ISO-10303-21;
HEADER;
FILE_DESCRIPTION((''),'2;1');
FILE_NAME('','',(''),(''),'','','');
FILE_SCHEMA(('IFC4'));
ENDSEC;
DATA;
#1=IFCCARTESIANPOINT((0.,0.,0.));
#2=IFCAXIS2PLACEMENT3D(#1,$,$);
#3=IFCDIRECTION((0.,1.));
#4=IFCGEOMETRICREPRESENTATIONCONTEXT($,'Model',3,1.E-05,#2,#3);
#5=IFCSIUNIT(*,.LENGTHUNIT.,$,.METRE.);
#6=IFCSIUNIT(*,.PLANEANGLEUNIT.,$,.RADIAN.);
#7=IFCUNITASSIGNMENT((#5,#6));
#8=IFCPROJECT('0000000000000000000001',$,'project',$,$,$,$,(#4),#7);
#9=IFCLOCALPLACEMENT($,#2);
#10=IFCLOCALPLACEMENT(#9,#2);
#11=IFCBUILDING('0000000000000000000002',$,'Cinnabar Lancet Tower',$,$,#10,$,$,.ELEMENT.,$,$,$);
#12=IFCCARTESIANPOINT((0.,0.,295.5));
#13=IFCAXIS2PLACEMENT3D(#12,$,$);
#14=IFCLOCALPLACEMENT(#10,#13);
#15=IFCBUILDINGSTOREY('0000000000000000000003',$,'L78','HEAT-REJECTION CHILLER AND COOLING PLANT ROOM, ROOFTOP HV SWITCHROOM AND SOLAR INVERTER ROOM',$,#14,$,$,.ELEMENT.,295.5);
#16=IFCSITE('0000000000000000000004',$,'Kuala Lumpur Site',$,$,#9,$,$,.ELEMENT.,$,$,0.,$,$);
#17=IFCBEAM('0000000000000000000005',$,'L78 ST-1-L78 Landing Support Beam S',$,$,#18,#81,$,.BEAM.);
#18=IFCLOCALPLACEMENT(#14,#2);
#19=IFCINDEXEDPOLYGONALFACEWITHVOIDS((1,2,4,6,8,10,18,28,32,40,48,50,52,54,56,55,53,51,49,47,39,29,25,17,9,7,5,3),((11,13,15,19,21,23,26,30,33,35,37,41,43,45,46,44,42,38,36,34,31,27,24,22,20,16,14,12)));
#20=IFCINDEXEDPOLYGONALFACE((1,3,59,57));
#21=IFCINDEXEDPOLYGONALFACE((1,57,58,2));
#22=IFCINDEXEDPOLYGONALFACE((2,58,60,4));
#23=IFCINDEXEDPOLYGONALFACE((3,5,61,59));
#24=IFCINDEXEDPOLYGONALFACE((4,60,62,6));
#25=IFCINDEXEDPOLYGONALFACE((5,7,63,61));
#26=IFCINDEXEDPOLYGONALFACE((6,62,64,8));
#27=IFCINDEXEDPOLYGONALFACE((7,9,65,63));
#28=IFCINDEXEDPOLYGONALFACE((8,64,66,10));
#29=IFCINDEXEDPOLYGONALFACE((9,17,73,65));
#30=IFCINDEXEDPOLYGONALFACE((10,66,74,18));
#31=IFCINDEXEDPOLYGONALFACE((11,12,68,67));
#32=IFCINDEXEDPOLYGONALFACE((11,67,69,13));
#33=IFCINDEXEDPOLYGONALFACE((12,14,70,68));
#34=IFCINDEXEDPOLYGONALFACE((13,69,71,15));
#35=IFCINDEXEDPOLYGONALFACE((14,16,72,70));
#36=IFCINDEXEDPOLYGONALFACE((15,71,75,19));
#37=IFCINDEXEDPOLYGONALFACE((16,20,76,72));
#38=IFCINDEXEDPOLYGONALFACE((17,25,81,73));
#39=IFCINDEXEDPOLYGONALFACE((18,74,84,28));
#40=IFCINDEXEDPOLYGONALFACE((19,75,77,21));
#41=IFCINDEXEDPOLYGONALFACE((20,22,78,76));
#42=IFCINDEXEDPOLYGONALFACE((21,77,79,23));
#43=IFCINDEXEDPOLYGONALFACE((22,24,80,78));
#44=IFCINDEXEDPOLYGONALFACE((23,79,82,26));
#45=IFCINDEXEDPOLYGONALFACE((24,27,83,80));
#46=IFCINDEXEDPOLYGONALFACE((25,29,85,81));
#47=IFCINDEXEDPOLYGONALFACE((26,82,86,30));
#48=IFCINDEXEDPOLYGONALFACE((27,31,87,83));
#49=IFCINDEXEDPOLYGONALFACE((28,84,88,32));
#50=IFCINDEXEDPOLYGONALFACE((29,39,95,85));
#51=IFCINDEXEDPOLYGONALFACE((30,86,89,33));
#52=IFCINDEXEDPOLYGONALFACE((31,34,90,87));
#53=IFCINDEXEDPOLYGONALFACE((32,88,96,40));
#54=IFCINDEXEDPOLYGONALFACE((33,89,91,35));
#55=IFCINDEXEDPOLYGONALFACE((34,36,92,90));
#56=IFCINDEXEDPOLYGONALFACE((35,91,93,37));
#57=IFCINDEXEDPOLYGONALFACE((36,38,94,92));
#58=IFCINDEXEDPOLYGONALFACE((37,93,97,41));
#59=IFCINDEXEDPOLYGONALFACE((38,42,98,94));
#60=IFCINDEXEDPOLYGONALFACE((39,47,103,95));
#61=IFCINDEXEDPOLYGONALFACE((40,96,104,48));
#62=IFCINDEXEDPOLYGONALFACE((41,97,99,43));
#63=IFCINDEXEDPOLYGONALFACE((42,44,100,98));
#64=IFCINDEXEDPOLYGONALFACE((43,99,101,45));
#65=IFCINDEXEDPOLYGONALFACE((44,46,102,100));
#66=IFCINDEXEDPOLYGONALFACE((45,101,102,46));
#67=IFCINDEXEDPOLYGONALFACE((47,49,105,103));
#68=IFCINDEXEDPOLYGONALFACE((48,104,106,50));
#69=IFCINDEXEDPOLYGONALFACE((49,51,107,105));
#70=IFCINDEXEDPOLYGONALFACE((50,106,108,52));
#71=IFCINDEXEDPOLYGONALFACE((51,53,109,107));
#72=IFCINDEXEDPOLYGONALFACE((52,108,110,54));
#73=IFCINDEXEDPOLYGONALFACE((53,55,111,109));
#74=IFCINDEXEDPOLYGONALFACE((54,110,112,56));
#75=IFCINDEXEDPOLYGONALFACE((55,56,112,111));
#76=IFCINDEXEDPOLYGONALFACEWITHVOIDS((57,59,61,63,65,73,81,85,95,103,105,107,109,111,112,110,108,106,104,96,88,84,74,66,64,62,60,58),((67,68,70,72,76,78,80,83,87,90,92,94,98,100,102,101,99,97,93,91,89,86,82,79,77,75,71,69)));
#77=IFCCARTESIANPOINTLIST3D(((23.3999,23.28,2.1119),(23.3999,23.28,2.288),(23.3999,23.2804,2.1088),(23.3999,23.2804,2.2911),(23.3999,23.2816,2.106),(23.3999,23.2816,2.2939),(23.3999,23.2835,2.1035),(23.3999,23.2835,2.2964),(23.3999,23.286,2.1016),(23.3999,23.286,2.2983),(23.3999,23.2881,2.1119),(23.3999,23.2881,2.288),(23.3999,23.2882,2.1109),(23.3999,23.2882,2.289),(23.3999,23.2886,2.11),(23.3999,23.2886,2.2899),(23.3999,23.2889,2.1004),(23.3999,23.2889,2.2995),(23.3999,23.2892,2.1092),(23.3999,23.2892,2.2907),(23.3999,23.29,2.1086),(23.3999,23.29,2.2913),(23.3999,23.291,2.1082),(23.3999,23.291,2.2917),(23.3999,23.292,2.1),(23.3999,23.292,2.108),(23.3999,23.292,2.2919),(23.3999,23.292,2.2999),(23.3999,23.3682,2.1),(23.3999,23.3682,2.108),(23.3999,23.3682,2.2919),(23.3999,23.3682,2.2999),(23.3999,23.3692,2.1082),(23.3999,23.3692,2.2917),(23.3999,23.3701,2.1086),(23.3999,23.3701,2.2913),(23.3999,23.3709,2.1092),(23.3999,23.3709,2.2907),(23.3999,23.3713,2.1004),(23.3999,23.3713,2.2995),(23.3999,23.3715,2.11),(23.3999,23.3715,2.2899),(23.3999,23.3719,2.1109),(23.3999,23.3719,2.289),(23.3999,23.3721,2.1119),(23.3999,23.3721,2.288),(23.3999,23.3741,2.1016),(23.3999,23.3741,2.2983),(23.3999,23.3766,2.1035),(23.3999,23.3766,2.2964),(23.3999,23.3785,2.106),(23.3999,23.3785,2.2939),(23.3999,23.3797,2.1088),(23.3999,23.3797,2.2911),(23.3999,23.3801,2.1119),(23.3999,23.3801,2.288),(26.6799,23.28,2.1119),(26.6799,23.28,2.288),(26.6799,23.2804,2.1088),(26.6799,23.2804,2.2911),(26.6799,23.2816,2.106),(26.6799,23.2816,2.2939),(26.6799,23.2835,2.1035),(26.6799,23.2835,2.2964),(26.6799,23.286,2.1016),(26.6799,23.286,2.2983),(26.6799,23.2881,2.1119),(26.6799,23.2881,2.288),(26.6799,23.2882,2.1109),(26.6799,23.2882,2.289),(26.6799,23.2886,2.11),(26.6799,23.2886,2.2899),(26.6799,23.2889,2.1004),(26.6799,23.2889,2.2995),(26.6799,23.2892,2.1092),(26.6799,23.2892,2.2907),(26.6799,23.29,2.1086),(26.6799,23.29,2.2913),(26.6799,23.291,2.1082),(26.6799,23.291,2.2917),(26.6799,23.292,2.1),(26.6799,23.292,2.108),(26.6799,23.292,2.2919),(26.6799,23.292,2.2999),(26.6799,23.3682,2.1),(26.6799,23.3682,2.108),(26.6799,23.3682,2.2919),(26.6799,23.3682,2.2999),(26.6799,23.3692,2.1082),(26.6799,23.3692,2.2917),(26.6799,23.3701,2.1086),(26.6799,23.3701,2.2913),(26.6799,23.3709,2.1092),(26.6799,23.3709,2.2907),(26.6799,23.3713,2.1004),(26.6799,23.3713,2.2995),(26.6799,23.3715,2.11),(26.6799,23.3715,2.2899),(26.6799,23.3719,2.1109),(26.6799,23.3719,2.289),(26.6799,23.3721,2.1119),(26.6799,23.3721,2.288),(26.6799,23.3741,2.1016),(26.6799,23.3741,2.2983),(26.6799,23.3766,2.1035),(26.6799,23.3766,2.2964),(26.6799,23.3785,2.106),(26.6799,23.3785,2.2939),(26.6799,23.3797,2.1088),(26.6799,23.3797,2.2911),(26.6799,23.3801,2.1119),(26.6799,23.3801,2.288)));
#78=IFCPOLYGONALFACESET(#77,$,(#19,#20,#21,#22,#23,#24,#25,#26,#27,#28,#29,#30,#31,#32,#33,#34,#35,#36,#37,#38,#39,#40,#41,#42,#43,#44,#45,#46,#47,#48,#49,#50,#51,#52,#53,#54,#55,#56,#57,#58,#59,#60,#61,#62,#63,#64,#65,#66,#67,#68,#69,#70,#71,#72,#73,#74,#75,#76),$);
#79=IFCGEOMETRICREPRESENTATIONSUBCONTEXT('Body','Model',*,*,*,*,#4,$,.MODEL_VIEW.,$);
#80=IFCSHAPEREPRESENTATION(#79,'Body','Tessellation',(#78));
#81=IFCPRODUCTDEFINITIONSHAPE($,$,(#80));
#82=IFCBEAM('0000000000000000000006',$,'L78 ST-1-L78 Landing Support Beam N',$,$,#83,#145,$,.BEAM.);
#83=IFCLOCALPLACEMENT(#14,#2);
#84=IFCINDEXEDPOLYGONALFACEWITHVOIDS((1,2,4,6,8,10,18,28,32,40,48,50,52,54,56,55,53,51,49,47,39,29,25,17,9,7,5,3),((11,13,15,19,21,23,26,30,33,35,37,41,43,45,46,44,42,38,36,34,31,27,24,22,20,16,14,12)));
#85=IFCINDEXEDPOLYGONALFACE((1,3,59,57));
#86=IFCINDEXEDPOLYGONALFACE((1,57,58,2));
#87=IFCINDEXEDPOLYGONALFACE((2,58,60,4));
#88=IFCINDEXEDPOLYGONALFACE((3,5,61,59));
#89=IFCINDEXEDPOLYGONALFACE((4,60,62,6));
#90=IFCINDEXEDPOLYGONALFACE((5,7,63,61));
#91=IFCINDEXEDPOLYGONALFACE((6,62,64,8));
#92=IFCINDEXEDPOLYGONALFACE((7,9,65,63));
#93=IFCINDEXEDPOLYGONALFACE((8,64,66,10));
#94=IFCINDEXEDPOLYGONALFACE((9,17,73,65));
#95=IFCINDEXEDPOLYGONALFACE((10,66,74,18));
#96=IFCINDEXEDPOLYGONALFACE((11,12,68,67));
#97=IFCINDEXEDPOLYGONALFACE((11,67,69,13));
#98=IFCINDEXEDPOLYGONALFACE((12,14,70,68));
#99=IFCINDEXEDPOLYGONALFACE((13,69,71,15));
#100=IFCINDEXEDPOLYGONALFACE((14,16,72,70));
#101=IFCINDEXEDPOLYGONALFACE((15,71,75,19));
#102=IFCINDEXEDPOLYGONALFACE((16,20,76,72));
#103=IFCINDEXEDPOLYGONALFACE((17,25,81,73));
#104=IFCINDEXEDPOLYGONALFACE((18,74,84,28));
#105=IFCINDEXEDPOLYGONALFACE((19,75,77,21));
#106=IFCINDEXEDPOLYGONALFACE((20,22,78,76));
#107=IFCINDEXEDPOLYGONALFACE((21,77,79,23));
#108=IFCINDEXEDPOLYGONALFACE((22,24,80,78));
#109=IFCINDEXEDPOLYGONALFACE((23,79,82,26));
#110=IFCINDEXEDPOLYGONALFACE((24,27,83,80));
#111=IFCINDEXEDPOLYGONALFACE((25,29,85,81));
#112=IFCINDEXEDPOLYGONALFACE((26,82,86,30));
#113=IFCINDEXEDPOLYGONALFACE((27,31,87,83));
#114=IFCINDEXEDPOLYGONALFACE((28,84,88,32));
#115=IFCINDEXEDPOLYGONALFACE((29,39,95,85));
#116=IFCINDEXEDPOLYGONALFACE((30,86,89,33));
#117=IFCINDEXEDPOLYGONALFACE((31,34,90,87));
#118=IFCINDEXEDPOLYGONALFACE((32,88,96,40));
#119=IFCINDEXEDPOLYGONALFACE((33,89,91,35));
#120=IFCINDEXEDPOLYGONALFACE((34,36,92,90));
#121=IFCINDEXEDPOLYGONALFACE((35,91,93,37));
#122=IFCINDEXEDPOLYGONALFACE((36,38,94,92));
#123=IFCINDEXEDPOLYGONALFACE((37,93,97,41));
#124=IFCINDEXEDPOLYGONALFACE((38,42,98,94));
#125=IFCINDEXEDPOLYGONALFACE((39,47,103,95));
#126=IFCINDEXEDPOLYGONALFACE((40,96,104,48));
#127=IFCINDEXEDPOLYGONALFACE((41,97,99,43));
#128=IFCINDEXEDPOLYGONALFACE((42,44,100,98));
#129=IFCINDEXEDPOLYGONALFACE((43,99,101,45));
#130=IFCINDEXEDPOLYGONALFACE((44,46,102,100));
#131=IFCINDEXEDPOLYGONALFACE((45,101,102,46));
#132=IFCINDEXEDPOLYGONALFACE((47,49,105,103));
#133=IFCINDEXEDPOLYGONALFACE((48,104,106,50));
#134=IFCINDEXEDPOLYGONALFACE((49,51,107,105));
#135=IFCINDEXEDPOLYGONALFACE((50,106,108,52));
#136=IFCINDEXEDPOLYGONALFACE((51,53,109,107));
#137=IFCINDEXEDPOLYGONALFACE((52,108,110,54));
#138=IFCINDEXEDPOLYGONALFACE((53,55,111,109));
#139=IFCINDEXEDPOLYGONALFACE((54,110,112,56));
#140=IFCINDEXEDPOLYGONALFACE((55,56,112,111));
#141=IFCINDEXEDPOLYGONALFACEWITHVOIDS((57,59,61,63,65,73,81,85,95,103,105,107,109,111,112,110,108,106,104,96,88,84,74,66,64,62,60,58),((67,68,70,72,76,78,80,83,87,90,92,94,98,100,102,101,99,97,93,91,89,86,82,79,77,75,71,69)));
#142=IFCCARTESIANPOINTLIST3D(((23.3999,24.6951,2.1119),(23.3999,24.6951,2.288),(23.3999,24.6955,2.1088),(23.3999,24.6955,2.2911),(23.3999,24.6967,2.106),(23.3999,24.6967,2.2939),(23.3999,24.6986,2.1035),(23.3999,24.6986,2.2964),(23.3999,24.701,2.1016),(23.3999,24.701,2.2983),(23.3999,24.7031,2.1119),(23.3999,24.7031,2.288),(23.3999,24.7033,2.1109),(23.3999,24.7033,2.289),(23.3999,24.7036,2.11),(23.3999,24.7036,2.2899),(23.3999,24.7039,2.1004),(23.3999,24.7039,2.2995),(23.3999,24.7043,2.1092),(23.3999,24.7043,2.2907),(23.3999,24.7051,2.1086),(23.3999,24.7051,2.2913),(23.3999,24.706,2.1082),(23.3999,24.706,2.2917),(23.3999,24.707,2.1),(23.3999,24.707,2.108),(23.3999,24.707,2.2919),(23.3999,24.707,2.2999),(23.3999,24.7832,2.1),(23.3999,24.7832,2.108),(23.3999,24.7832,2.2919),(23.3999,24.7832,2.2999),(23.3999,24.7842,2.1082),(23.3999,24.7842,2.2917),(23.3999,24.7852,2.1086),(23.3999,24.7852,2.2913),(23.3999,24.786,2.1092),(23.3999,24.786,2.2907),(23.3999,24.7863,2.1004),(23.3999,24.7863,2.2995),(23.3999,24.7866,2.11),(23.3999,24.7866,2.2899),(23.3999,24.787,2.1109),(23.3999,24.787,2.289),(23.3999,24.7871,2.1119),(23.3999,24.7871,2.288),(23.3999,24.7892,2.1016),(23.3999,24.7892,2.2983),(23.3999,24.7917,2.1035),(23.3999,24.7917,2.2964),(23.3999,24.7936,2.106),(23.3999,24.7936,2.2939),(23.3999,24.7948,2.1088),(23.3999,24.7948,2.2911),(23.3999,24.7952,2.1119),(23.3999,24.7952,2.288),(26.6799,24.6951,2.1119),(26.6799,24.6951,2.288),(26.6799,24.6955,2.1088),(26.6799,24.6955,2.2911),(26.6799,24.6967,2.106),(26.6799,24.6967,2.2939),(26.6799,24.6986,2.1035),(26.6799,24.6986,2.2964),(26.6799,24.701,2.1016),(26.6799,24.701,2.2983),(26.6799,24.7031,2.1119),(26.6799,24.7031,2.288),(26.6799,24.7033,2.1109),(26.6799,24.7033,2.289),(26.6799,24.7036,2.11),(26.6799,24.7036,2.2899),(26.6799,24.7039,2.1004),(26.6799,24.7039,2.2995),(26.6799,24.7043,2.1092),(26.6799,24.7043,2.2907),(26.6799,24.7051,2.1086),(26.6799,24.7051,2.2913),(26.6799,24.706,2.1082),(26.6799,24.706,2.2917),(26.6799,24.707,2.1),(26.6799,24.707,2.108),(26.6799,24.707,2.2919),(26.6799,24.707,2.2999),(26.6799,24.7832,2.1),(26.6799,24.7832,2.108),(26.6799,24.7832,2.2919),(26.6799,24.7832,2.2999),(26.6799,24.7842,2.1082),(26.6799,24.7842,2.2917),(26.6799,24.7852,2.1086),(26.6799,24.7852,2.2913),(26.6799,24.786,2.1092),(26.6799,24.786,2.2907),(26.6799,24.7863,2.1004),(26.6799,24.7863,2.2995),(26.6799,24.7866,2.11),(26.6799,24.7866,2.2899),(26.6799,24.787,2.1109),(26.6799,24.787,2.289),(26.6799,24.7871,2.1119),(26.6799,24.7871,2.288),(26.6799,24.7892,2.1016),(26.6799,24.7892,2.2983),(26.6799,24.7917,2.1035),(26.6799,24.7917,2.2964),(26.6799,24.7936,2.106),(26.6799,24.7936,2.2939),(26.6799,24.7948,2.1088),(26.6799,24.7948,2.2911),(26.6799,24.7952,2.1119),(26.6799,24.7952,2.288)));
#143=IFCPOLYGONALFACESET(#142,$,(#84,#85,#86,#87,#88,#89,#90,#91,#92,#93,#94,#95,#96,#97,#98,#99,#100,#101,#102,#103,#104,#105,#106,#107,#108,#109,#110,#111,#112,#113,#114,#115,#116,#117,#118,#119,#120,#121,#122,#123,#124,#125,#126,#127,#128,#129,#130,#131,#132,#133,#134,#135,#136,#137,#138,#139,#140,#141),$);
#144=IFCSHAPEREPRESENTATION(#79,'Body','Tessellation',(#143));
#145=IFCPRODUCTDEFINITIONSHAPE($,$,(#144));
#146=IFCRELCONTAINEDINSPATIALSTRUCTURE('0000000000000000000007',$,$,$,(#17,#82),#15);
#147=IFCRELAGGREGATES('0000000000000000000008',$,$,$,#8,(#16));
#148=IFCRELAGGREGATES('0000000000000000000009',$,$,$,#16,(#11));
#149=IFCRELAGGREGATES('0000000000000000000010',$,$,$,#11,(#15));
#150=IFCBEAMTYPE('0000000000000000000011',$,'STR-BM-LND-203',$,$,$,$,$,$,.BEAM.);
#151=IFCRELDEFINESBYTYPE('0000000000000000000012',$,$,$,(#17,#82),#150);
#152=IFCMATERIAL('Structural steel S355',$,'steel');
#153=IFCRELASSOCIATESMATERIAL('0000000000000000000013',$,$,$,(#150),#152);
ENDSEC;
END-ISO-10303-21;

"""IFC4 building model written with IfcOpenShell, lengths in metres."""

from ifc_helpers import new_model, si_unit, direction, frame, origin, origin_2d, place, context, subcontext, project, spatial, hollow_rectangle, extrude, material, material_profile, profile_set, type_object, element, save


model = new_model("IFC4")

# Units and contexts
model_context = context("Model", 3, precision=1e-05, world=origin(), true_north=direction((0.0, 1.0)))
body_context = subcontext(model_context, "Body", "Model", "MODEL_VIEW")
ifc_project = project(units=[si_unit("LENGTHUNIT", "METRE"), si_unit("PLANEANGLEUNIT", "RADIAN")], contexts=[model_context])

# Site, building, storey
site_placement = place(None, origin())
site = spatial("IfcSite", under=ifc_project, at=site_placement, Name="Kuala Lumpur Site", CompositionType="ELEMENT", RefElevation=0.0)
building_placement = place(site_placement, origin())
building = spatial("IfcBuilding", under=site, at=building_placement, Name="Cinnabar Lancet Tower", CompositionType="ELEMENT")
storey_placement = place(building_placement, frame((0.0, 0.0, 295.5)))
storey = spatial("IfcBuildingStorey", under=building, at=storey_placement, Name="L78", Description="HEAT-REJECTION CHILLER AND COOLING PLANT ROOM, ROOFTOP HV SWITCHROOM AND SOLAR INVERTER ROOM", CompositionType="ELEMENT", Elevation=295.5)

# Beams
ifc_material_1 = material(Name="Structural steel S355", Category="steel")
ifc_material_profile_1 = material_profile(ifc_material_1, hollow_rectangle(XDim=0.1001, YDim=0.2, WallThickness=0.0081, InnerFilletRadius=0.0039, OuterFilletRadius=0.012, at=origin_2d()), Name="RHS 200x100x8")
ifc_profile_set_1 = profile_set([ifc_material_profile_1], Name="Structural steel S355")
beam_type_1 = type_object("IfcBeamType", Name="STR-BM-LND-203", PredefinedType="BEAM", material=ifc_profile_set_1)
for number, where, z_axis, x_axis, name in (
    (1, (23.3999, 23.3301, 2.2), (1.0, 0.0, 0.0), (0.0, 1.0, 0.0), "L78 ST-1-L78 Landing Support Beam S"),
    (2, (23.3999, 24.7451, 2.2), (1.0, 0.0, 0.0), (0.0, 1.0, 0.0), "L78 ST-1-L78 Landing Support Beam N"),
):
    element("IfcBeam", number, at=place(storey_placement, frame(where, z_axis=z_axis, x_axis=x_axis)), inside=storey, type_object=beam_type_1, Name=name, PredefinedType="BEAM", context=body_context, shape_type="SweptSolid", body=[
        extrude(hollow_rectangle(XDim=0.1001, YDim=0.2, WallThickness=0.0081, InnerFilletRadius=0.0039, OuterFilletRadius=0.012, at=origin_2d()), origin(), (0.0, 0.0, 1.0), 3.28),
    ])

save(model, "model.ifc")
